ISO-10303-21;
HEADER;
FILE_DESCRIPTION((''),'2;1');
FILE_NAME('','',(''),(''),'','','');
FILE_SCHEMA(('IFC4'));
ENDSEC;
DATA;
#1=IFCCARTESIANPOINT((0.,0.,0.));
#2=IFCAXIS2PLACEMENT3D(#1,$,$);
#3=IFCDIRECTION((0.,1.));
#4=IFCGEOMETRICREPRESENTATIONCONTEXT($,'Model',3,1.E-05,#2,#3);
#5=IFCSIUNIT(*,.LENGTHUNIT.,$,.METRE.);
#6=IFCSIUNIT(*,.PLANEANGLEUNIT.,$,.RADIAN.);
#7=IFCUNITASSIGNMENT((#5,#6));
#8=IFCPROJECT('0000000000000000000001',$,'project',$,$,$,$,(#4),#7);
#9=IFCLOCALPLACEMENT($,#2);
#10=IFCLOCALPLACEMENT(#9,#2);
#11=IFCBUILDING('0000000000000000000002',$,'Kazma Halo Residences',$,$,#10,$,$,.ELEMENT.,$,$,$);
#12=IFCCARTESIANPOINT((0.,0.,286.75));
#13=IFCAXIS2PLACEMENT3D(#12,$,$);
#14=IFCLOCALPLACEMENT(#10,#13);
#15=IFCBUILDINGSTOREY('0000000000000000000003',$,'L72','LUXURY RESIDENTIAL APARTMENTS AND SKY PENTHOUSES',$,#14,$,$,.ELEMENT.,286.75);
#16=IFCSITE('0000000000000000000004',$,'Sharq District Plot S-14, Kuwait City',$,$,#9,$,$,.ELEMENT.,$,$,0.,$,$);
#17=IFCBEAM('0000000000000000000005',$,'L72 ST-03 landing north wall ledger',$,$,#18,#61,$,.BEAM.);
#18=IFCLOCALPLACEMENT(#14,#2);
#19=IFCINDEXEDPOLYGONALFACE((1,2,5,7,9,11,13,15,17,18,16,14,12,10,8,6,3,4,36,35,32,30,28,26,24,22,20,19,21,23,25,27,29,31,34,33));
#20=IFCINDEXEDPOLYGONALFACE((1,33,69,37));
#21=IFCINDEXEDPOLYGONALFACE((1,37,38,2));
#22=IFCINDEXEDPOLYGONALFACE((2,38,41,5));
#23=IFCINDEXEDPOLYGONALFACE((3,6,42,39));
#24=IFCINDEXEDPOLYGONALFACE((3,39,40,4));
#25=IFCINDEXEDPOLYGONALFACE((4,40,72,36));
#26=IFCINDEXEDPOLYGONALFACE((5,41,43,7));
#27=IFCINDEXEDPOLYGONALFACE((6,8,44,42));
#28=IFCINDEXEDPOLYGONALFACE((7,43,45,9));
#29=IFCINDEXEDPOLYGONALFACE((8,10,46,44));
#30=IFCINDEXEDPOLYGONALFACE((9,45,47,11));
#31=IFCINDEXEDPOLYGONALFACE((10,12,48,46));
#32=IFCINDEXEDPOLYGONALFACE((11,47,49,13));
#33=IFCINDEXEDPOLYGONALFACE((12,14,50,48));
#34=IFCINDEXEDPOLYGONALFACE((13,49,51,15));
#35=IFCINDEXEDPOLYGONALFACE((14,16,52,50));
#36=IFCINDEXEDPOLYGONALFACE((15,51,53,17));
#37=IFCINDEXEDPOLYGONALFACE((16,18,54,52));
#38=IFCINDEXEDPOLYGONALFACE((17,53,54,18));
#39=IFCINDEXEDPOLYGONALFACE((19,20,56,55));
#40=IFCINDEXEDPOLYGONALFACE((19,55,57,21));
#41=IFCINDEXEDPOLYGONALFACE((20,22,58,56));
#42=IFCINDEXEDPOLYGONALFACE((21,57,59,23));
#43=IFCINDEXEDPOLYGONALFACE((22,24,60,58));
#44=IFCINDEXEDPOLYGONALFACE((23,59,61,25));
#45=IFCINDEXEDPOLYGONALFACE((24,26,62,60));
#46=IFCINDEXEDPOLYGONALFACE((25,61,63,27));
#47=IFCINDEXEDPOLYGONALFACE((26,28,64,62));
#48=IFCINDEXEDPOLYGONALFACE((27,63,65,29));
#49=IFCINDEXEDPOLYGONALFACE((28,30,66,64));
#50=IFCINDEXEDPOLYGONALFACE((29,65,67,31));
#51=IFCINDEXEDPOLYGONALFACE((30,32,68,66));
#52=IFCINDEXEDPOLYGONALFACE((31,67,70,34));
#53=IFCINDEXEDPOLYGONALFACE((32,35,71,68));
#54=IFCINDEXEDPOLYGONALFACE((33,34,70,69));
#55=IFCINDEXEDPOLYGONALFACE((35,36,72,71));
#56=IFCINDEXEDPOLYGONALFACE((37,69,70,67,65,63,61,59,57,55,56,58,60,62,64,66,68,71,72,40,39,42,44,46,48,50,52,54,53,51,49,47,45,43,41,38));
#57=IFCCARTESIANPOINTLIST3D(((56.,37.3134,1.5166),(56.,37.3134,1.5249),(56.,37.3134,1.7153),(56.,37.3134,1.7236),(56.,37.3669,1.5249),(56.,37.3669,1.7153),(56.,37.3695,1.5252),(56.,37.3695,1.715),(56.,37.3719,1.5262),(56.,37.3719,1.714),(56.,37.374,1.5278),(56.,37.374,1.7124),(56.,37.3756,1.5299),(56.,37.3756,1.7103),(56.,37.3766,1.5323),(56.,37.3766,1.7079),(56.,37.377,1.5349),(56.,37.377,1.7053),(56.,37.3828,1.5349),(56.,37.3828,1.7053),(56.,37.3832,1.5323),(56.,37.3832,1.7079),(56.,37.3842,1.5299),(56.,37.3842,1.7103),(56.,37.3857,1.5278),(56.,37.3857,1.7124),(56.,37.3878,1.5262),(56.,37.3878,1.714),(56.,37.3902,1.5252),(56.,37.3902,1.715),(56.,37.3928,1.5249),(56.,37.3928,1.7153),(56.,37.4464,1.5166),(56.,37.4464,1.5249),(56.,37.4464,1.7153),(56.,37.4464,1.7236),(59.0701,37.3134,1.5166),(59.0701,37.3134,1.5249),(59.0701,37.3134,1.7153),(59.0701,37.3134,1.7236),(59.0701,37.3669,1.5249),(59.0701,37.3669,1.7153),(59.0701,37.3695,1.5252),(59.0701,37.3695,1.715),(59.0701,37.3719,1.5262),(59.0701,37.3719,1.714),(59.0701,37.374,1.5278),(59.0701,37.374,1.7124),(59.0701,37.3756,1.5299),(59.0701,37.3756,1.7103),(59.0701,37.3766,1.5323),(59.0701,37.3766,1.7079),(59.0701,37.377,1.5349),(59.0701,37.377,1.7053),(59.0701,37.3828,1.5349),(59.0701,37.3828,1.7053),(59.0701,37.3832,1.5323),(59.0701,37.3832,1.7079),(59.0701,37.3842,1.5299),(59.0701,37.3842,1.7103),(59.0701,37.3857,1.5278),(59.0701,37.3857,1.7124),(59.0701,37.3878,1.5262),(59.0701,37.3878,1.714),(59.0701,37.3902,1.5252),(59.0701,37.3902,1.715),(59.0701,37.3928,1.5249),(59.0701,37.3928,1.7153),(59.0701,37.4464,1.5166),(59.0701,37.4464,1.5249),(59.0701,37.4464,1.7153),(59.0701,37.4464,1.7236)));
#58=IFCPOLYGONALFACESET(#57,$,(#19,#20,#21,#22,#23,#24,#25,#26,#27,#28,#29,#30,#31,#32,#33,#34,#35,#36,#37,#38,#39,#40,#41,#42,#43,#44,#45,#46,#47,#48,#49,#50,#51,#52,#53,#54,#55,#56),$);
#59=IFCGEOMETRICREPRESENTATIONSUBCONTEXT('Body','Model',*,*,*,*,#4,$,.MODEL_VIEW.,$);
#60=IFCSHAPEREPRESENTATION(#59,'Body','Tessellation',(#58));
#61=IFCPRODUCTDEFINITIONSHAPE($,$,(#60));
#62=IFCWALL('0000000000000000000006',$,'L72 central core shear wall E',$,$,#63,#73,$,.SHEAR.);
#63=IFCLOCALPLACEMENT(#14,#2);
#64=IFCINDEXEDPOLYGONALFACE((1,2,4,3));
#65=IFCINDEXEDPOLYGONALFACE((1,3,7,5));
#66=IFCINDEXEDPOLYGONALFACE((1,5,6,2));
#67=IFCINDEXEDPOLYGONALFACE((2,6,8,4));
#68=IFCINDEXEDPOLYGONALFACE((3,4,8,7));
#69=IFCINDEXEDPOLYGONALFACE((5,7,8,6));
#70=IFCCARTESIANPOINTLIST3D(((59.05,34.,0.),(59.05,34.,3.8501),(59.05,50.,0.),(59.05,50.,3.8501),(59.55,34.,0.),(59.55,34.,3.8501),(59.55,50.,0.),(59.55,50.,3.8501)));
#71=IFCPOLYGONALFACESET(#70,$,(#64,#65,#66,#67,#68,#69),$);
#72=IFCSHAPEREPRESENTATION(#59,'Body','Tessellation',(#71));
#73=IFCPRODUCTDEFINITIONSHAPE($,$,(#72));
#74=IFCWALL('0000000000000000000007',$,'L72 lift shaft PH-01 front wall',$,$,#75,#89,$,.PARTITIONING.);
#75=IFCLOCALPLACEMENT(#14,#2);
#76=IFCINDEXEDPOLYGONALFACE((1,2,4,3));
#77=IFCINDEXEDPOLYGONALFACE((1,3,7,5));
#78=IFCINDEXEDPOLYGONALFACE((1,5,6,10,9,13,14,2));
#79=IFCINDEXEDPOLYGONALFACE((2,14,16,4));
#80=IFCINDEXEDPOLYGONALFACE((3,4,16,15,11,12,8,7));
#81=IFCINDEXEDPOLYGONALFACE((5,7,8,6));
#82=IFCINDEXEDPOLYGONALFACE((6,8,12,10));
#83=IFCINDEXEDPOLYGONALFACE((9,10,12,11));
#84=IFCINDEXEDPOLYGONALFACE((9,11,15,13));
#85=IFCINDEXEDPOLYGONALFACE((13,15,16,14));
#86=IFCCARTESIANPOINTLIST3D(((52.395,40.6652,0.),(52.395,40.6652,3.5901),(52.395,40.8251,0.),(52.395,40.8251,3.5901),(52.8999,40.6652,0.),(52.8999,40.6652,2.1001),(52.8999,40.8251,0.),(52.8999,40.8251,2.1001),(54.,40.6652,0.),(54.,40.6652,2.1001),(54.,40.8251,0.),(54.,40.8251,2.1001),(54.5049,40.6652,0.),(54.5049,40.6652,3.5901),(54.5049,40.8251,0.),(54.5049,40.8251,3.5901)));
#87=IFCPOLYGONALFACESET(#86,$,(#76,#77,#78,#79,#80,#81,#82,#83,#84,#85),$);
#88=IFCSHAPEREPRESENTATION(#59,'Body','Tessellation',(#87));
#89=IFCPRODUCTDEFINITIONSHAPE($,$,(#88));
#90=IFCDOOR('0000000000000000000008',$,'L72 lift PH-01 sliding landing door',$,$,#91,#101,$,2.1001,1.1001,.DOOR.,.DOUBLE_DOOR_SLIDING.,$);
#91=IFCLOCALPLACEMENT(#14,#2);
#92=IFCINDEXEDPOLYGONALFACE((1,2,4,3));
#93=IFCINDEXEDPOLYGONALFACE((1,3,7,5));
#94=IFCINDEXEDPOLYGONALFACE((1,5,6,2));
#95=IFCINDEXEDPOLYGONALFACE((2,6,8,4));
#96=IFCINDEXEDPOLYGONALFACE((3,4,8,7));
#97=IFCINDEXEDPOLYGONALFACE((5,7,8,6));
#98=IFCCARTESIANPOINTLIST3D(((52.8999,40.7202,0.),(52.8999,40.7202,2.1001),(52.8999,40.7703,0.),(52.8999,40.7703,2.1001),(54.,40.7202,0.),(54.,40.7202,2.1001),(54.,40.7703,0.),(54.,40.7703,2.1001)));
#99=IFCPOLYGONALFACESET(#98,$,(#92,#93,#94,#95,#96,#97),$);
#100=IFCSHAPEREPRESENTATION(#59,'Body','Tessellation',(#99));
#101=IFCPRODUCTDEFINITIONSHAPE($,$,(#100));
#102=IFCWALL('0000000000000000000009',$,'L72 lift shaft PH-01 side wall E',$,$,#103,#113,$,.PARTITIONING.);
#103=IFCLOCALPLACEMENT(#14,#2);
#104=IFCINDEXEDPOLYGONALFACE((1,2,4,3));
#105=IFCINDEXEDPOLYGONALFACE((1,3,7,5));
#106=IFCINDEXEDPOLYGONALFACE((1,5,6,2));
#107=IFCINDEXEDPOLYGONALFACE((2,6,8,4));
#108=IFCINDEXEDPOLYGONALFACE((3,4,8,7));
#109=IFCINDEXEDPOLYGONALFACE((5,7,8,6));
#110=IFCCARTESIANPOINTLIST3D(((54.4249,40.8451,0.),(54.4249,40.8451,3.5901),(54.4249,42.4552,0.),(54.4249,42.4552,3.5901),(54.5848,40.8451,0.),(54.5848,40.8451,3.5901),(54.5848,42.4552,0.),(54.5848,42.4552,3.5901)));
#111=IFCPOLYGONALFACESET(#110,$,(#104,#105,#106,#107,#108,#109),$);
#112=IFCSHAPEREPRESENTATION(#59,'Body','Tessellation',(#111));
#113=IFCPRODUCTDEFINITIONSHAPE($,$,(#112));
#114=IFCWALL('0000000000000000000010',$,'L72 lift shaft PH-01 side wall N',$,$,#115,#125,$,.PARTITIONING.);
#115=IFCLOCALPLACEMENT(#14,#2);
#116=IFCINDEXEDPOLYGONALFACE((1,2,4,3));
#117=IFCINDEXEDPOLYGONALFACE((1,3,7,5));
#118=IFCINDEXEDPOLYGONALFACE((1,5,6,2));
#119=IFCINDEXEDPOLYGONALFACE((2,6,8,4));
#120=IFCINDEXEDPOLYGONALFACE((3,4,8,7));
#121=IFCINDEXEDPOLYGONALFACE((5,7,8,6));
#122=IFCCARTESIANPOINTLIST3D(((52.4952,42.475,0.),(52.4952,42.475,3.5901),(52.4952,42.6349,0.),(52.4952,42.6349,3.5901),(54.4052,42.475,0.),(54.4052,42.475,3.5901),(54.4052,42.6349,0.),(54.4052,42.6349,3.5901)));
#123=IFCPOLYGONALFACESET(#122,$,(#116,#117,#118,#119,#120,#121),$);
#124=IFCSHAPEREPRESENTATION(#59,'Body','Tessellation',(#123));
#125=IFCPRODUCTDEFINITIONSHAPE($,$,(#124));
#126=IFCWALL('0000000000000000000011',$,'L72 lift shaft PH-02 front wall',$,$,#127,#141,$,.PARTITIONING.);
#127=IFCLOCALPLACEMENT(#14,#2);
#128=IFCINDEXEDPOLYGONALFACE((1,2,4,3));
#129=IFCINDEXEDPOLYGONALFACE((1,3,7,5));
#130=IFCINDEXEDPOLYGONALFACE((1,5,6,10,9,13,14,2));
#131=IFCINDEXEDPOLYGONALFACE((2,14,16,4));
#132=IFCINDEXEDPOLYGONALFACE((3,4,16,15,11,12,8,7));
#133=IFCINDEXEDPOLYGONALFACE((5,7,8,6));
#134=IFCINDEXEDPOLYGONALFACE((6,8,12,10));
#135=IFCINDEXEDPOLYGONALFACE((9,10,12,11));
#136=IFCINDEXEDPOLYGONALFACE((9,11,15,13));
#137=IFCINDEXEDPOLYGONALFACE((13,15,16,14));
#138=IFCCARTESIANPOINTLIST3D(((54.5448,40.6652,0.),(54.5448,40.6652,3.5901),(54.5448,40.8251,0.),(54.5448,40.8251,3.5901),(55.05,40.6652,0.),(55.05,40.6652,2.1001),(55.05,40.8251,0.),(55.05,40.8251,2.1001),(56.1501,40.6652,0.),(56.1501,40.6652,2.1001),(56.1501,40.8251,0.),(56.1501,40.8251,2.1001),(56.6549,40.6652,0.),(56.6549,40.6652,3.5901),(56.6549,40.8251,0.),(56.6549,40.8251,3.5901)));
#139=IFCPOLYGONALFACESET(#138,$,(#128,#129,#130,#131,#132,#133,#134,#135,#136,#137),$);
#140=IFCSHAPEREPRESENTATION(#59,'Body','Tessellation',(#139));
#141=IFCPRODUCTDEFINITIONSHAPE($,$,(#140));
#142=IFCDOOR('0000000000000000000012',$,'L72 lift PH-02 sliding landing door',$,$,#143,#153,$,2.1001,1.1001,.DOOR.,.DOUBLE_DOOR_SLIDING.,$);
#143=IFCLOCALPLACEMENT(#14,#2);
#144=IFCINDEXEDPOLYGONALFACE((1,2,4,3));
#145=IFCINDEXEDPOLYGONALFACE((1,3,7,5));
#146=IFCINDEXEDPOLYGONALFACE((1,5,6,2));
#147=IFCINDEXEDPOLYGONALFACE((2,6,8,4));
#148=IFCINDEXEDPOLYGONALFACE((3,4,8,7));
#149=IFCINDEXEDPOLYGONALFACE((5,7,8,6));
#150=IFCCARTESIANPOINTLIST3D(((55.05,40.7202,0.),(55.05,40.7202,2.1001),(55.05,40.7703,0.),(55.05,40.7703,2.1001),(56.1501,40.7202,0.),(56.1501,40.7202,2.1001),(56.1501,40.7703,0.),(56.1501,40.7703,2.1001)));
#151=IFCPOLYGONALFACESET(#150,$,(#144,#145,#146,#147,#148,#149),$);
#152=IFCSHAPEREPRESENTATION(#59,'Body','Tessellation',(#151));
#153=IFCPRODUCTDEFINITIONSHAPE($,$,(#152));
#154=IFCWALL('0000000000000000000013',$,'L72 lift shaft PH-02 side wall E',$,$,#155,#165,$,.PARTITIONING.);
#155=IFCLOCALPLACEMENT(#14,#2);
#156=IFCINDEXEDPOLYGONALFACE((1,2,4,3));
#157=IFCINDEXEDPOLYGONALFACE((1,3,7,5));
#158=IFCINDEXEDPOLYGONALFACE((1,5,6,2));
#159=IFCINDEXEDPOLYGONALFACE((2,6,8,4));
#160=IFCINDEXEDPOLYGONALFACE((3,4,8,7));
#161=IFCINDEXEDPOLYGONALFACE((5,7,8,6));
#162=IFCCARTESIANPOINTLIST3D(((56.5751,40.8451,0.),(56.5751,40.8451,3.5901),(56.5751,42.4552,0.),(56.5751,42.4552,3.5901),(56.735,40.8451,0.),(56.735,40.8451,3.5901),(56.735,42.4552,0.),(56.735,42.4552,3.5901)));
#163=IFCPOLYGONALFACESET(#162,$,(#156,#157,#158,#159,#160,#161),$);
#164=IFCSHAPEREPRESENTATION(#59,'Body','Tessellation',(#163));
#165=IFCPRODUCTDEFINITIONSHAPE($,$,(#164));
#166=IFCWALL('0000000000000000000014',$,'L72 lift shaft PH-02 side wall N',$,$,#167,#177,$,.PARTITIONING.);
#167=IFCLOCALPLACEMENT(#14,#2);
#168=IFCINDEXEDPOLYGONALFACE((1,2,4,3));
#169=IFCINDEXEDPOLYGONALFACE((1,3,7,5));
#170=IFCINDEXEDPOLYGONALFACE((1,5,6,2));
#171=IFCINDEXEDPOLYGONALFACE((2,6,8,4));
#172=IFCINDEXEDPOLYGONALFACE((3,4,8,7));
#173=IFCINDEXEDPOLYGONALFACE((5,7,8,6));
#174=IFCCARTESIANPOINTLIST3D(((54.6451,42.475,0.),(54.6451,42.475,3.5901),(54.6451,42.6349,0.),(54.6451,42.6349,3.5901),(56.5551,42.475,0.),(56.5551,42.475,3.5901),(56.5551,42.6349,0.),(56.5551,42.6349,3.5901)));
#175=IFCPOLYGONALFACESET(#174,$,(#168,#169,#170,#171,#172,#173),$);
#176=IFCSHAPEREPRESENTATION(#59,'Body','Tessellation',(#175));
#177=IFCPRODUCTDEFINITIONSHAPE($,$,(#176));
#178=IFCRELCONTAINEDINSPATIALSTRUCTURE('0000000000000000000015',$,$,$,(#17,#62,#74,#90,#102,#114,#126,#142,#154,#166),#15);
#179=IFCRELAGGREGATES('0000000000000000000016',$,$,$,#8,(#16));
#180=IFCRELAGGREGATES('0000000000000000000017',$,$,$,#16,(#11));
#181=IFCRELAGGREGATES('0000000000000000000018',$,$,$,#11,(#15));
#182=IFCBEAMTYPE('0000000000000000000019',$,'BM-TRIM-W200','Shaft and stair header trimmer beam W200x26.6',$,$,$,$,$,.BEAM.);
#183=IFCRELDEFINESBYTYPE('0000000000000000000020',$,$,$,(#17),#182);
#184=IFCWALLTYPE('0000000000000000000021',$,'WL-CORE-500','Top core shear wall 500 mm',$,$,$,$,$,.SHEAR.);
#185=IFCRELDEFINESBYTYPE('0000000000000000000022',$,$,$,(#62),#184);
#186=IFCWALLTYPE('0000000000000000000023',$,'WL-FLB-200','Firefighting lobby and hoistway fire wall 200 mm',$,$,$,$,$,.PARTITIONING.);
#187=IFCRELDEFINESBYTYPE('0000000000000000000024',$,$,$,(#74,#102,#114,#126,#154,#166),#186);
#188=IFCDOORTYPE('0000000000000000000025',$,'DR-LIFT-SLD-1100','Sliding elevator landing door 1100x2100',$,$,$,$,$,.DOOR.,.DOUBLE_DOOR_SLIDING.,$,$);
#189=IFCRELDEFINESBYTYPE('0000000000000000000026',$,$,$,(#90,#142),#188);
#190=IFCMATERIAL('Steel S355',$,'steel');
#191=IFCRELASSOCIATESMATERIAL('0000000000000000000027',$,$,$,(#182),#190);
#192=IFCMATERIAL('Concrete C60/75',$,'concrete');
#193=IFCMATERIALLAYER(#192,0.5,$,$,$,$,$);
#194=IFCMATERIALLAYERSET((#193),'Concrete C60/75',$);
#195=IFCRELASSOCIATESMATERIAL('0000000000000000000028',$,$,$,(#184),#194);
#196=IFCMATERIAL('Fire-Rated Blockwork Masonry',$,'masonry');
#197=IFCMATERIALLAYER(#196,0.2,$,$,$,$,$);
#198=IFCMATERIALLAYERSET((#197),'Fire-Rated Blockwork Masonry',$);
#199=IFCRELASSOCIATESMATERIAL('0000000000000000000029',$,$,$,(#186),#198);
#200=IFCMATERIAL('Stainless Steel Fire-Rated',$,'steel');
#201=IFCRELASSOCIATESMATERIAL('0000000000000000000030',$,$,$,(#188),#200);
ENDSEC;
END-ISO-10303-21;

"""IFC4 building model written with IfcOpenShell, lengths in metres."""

from ifc_helpers import new_model, si_unit, direction, frame, frame_2d, origin, origin_2d, place, context, subcontext, project, spatial, rectangle, i_section, extrude, material, layer, layer_set, material_profile, profile_set, type_object, element, fill, save


model = new_model("IFC4")

# Units and contexts
model_context = context("Model", 3, precision=1e-05, world=origin(), true_north=direction((0.0, 1.0)))
body_context = subcontext(model_context, "Body", "Model", "MODEL_VIEW")
ifc_project = project(units=[si_unit("LENGTHUNIT", "METRE"), si_unit("PLANEANGLEUNIT", "RADIAN")], contexts=[model_context])

# Site, building, storey
site_placement = place(None, origin())
site = spatial("IfcSite", under=ifc_project, at=site_placement, Name="Sharq District Plot S-14, Kuwait City", CompositionType="ELEMENT", RefElevation=0.0)
building_placement = place(site_placement, origin())
building = spatial("IfcBuilding", under=site, at=building_placement, Name="Kazma Halo Residences", CompositionType="ELEMENT")
storey_placement = place(building_placement, frame((0.0, 0.0, 286.75)))
storey = spatial("IfcBuildingStorey", under=building, at=storey_placement, Name="L72", Description="LUXURY RESIDENTIAL APARTMENTS AND SKY PENTHOUSES", CompositionType="ELEMENT", Elevation=286.75)

# Shared definitions
ifc_material_1 = material(Name="Steel S355", Category="steel")

# Beam
ifc_material_profile_1 = material_profile(ifc_material_1, i_section(OverallWidth=0.1331, OverallDepth=0.207, WebThickness=0.0059, FlangeThickness=0.0083, FilletRadius=0.01, at=origin_2d()), Name="W200x26.6")
ifc_profile_set_1 = profile_set([ifc_material_profile_1], Name="Steel S355")
beam_type_1 = type_object("IfcBeamType", Name="BM-TRIM-W200", Description="Shaft and stair header trimmer beam W200x26.6", PredefinedType="BEAM", material=ifc_profile_set_1)
beam_1_placement = place(storey_placement, frame((56.0, 37.3799, 1.6201), z_axis=(1.0, 0.0, 0.0), x_axis=(0.0, 1.0, 0.0)))
element("IfcBeam", 1, at=beam_1_placement, inside=storey, type_object=beam_type_1, Name="L72 ST-03 landing north wall ledger", PredefinedType="BEAM", context=body_context, shape_type="SweptSolid", body=[
    extrude(i_section(OverallWidth=0.1331, OverallDepth=0.207, WebThickness=0.0059, FlangeThickness=0.0083, FilletRadius=0.01, at=origin_2d()), origin(), (0.0, 0.0, 1.0), 3.0701),
])

# Wall
ifc_material_2 = material(Name="Concrete C60/75", Category="concrete")
ifc_layer_1 = layer(ifc_material_2, 0.5)
ifc_layer_set_1 = layer_set([ifc_layer_1], Name="Concrete C60/75")
wall_type_1 = type_object("IfcWallType", Name="WL-CORE-500", Description="Top core shear wall 500 mm", PredefinedType="SHEAR", material=ifc_layer_set_1)
wall_1_placement = place(storey_placement, frame((59.3, 34.0, 0.0), z_axis=(0.0, 0.0, 1.0), x_axis=(0.0, 1.0, 0.0)))
element("IfcWall", 2, at=wall_1_placement, inside=storey, type_object=wall_type_1, Name="L72 central core shear wall E", PredefinedType="SHEAR", context=body_context, shape_type="SweptSolid", body=[
    extrude(rectangle(XDim=16.0, YDim=0.5, at=frame_2d((8.0, 0.0))), origin(), (0.0, 0.0, 1.0), 3.8501),
])

# Wall, opening, door
ifc_material_3 = material(Name="Fire-Rated Blockwork Masonry", Category="masonry")
ifc_layer_2 = layer(ifc_material_3, 0.2)
ifc_layer_set_2 = layer_set([ifc_layer_2], Name="Fire-Rated Blockwork Masonry")
wall_type_2 = type_object("IfcWallType", Name="WL-FLB-200", Description="Firefighting lobby and hoistway fire wall 200 mm", PredefinedType="PARTITIONING", material=ifc_layer_set_2)
wall_2_placement = place(storey_placement, frame((54.5049, 40.7451, 0.0), z_axis=(0.0, 0.0, 1.0), x_axis=(-1.0, 0.0, 0.0)))
wall_2 = element("IfcWall", 3, at=wall_2_placement, inside=storey, type_object=wall_type_2, Name="L72 lift shaft PH-01 front wall", PredefinedType="PARTITIONING", context=body_context, shape_type="SweptSolid", body=[
    extrude(rectangle(XDim=2.1099, YDim=0.1599, at=frame_2d((1.0549, 0.0))), origin(), (0.0, 0.0, 1.0), 3.5901),
])
opening_1_placement = place(wall_2_placement, frame((0.5049, 0.0, 0.0)))
opening_1 = element("IfcOpeningElement", 4, at=opening_1_placement, cuts=wall_2, PredefinedType="OPENING", context=body_context, shape_type="SweptSolid", body=[
    extrude(rectangle(XDim=1.1001, YDim=2.1001, at=frame_2d((0.55, 1.05))), frame((0.0, 0.0898, 0.0), z_axis=(0.0, -1.0, 0.0), x_axis=(1.0, 0.0, 0.0)), (0.0, 0.0, 1.0), 0.1799),
])
ifc_material_4 = material(Name="Stainless Steel Fire-Rated", Category="steel")
door_type_1 = type_object("IfcDoorType", Name="DR-LIFT-SLD-1100", Description="Sliding elevator landing door 1100x2100", OperationType="DOUBLE_DOOR_SLIDING", PredefinedType="DOOR", material=ifc_material_4)
door_1_placement = place(opening_1_placement, origin())
door_1 = element("IfcDoor", 5, at=door_1_placement, inside=storey, type_object=door_type_1, Name="L72 lift PH-01 sliding landing door", OperationType="DOUBLE_DOOR_SLIDING", OverallHeight=2.1001, OverallWidth=1.1001, PredefinedType="DOOR", context=body_context, shape_type="SweptSolid", body=[
    extrude(rectangle(XDim=1.1001, YDim=2.1001, at=frame_2d((0.55, 1.05))), frame((0.0, 0.0249, 0.0), z_axis=(0.0, -1.0, 0.0), x_axis=(1.0, 0.0, 0.0)), (0.0, 0.0, 1.0), 0.05),
])
fill(opening_1, door_1)

# Walls
wall_3_placement = place(storey_placement, frame((54.5049, 40.845, 0.0), z_axis=(0.0, 0.0, 1.0), x_axis=(0.0, 1.0, 0.0)))
element("IfcWall", 6, at=wall_3_placement, inside=storey, type_object=wall_type_2, Name="L72 lift shaft PH-01 side wall E", PredefinedType="PARTITIONING", context=body_context, shape_type="SweptSolid", body=[
    extrude(rectangle(XDim=1.6101, YDim=0.1599, at=frame_2d((0.8052, 0.0))), origin(), (0.0, 0.0, 1.0), 3.5901),
])
wall_4_placement = place(storey_placement, frame((52.4951, 42.5549, 0.0), z_axis=(0.0, 0.0, 1.0), x_axis=(1.0, 0.0, 0.0)))
element("IfcWall", 7, at=wall_4_placement, inside=storey, type_object=wall_type_2, Name="L72 lift shaft PH-01 side wall N", PredefinedType="PARTITIONING", context=body_context, shape_type="SweptSolid", body=[
    extrude(rectangle(XDim=1.9099, YDim=0.1599, at=frame_2d((0.9551, 0.0))), origin(), (0.0, 0.0, 1.0), 3.5901),
])

# Wall, opening, door
wall_5_placement = place(storey_placement, frame((56.655, 40.7451, 0.0), z_axis=(0.0, 0.0, 1.0), x_axis=(-1.0, 0.0, 0.0)))
wall_5 = element("IfcWall", 8, at=wall_5_placement, inside=storey, type_object=wall_type_2, Name="L72 lift shaft PH-02 front wall", PredefinedType="PARTITIONING", context=body_context, shape_type="SweptSolid", body=[
    extrude(rectangle(XDim=2.1101, YDim=0.1599, at=frame_2d((1.0552, 0.0))), origin(), (0.0, 0.0, 1.0), 3.5901),
])
opening_2_placement = place(wall_5_placement, frame((0.5049, 0.0, 0.0)))
opening_2 = element("IfcOpeningElement", 9, at=opening_2_placement, cuts=wall_5, PredefinedType="OPENING", context=body_context, shape_type="SweptSolid", body=[
    extrude(rectangle(XDim=1.1001, YDim=2.1001, at=frame_2d((0.55, 1.05))), frame((0.0, 0.0898, 0.0), z_axis=(0.0, -1.0, 0.0), x_axis=(1.0, 0.0, 0.0)), (0.0, 0.0, 1.0), 0.1799),
])
door_2_placement = place(opening_2_placement, origin())
door_2 = element("IfcDoor", 10, at=door_2_placement, inside=storey, type_object=door_type_1, Name="L72 lift PH-02 sliding landing door", OperationType="DOUBLE_DOOR_SLIDING", OverallHeight=2.1001, OverallWidth=1.1001, PredefinedType="DOOR", context=body_context, shape_type="SweptSolid", body=[
    extrude(rectangle(XDim=1.1001, YDim=2.1001, at=frame_2d((0.55, 1.05))), frame((0.0, 0.0249, 0.0), z_axis=(0.0, -1.0, 0.0), x_axis=(1.0, 0.0, 0.0)), (0.0, 0.0, 1.0), 0.05),
])
fill(opening_2, door_2)

# Walls
wall_6_placement = place(storey_placement, frame((56.655, 40.845, 0.0), z_axis=(0.0, 0.0, 1.0), x_axis=(0.0, 1.0, 0.0)))
element("IfcWall", 11, at=wall_6_placement, inside=storey, type_object=wall_type_2, Name="L72 lift shaft PH-02 side wall E", PredefinedType="PARTITIONING", context=body_context, shape_type="SweptSolid", body=[
    extrude(rectangle(XDim=1.6101, YDim=0.1599, at=frame_2d((0.8052, 0.0))), origin(), (0.0, 0.0, 1.0), 3.5901),
])
wall_7_placement = place(storey_placement, frame((54.645, 42.5549, 0.0), z_axis=(0.0, 0.0, 1.0), x_axis=(1.0, 0.0, 0.0)))
element("IfcWall", 12, at=wall_7_placement, inside=storey, type_object=wall_type_2, Name="L72 lift shaft PH-02 side wall N", PredefinedType="PARTITIONING", context=body_context, shape_type="SweptSolid", body=[
    extrude(rectangle(XDim=1.9099, YDim=0.1599, at=frame_2d((0.9551, 0.0))), origin(), (0.0, 0.0, 1.0), 3.5901),
])

save(model, "model.ifc")
